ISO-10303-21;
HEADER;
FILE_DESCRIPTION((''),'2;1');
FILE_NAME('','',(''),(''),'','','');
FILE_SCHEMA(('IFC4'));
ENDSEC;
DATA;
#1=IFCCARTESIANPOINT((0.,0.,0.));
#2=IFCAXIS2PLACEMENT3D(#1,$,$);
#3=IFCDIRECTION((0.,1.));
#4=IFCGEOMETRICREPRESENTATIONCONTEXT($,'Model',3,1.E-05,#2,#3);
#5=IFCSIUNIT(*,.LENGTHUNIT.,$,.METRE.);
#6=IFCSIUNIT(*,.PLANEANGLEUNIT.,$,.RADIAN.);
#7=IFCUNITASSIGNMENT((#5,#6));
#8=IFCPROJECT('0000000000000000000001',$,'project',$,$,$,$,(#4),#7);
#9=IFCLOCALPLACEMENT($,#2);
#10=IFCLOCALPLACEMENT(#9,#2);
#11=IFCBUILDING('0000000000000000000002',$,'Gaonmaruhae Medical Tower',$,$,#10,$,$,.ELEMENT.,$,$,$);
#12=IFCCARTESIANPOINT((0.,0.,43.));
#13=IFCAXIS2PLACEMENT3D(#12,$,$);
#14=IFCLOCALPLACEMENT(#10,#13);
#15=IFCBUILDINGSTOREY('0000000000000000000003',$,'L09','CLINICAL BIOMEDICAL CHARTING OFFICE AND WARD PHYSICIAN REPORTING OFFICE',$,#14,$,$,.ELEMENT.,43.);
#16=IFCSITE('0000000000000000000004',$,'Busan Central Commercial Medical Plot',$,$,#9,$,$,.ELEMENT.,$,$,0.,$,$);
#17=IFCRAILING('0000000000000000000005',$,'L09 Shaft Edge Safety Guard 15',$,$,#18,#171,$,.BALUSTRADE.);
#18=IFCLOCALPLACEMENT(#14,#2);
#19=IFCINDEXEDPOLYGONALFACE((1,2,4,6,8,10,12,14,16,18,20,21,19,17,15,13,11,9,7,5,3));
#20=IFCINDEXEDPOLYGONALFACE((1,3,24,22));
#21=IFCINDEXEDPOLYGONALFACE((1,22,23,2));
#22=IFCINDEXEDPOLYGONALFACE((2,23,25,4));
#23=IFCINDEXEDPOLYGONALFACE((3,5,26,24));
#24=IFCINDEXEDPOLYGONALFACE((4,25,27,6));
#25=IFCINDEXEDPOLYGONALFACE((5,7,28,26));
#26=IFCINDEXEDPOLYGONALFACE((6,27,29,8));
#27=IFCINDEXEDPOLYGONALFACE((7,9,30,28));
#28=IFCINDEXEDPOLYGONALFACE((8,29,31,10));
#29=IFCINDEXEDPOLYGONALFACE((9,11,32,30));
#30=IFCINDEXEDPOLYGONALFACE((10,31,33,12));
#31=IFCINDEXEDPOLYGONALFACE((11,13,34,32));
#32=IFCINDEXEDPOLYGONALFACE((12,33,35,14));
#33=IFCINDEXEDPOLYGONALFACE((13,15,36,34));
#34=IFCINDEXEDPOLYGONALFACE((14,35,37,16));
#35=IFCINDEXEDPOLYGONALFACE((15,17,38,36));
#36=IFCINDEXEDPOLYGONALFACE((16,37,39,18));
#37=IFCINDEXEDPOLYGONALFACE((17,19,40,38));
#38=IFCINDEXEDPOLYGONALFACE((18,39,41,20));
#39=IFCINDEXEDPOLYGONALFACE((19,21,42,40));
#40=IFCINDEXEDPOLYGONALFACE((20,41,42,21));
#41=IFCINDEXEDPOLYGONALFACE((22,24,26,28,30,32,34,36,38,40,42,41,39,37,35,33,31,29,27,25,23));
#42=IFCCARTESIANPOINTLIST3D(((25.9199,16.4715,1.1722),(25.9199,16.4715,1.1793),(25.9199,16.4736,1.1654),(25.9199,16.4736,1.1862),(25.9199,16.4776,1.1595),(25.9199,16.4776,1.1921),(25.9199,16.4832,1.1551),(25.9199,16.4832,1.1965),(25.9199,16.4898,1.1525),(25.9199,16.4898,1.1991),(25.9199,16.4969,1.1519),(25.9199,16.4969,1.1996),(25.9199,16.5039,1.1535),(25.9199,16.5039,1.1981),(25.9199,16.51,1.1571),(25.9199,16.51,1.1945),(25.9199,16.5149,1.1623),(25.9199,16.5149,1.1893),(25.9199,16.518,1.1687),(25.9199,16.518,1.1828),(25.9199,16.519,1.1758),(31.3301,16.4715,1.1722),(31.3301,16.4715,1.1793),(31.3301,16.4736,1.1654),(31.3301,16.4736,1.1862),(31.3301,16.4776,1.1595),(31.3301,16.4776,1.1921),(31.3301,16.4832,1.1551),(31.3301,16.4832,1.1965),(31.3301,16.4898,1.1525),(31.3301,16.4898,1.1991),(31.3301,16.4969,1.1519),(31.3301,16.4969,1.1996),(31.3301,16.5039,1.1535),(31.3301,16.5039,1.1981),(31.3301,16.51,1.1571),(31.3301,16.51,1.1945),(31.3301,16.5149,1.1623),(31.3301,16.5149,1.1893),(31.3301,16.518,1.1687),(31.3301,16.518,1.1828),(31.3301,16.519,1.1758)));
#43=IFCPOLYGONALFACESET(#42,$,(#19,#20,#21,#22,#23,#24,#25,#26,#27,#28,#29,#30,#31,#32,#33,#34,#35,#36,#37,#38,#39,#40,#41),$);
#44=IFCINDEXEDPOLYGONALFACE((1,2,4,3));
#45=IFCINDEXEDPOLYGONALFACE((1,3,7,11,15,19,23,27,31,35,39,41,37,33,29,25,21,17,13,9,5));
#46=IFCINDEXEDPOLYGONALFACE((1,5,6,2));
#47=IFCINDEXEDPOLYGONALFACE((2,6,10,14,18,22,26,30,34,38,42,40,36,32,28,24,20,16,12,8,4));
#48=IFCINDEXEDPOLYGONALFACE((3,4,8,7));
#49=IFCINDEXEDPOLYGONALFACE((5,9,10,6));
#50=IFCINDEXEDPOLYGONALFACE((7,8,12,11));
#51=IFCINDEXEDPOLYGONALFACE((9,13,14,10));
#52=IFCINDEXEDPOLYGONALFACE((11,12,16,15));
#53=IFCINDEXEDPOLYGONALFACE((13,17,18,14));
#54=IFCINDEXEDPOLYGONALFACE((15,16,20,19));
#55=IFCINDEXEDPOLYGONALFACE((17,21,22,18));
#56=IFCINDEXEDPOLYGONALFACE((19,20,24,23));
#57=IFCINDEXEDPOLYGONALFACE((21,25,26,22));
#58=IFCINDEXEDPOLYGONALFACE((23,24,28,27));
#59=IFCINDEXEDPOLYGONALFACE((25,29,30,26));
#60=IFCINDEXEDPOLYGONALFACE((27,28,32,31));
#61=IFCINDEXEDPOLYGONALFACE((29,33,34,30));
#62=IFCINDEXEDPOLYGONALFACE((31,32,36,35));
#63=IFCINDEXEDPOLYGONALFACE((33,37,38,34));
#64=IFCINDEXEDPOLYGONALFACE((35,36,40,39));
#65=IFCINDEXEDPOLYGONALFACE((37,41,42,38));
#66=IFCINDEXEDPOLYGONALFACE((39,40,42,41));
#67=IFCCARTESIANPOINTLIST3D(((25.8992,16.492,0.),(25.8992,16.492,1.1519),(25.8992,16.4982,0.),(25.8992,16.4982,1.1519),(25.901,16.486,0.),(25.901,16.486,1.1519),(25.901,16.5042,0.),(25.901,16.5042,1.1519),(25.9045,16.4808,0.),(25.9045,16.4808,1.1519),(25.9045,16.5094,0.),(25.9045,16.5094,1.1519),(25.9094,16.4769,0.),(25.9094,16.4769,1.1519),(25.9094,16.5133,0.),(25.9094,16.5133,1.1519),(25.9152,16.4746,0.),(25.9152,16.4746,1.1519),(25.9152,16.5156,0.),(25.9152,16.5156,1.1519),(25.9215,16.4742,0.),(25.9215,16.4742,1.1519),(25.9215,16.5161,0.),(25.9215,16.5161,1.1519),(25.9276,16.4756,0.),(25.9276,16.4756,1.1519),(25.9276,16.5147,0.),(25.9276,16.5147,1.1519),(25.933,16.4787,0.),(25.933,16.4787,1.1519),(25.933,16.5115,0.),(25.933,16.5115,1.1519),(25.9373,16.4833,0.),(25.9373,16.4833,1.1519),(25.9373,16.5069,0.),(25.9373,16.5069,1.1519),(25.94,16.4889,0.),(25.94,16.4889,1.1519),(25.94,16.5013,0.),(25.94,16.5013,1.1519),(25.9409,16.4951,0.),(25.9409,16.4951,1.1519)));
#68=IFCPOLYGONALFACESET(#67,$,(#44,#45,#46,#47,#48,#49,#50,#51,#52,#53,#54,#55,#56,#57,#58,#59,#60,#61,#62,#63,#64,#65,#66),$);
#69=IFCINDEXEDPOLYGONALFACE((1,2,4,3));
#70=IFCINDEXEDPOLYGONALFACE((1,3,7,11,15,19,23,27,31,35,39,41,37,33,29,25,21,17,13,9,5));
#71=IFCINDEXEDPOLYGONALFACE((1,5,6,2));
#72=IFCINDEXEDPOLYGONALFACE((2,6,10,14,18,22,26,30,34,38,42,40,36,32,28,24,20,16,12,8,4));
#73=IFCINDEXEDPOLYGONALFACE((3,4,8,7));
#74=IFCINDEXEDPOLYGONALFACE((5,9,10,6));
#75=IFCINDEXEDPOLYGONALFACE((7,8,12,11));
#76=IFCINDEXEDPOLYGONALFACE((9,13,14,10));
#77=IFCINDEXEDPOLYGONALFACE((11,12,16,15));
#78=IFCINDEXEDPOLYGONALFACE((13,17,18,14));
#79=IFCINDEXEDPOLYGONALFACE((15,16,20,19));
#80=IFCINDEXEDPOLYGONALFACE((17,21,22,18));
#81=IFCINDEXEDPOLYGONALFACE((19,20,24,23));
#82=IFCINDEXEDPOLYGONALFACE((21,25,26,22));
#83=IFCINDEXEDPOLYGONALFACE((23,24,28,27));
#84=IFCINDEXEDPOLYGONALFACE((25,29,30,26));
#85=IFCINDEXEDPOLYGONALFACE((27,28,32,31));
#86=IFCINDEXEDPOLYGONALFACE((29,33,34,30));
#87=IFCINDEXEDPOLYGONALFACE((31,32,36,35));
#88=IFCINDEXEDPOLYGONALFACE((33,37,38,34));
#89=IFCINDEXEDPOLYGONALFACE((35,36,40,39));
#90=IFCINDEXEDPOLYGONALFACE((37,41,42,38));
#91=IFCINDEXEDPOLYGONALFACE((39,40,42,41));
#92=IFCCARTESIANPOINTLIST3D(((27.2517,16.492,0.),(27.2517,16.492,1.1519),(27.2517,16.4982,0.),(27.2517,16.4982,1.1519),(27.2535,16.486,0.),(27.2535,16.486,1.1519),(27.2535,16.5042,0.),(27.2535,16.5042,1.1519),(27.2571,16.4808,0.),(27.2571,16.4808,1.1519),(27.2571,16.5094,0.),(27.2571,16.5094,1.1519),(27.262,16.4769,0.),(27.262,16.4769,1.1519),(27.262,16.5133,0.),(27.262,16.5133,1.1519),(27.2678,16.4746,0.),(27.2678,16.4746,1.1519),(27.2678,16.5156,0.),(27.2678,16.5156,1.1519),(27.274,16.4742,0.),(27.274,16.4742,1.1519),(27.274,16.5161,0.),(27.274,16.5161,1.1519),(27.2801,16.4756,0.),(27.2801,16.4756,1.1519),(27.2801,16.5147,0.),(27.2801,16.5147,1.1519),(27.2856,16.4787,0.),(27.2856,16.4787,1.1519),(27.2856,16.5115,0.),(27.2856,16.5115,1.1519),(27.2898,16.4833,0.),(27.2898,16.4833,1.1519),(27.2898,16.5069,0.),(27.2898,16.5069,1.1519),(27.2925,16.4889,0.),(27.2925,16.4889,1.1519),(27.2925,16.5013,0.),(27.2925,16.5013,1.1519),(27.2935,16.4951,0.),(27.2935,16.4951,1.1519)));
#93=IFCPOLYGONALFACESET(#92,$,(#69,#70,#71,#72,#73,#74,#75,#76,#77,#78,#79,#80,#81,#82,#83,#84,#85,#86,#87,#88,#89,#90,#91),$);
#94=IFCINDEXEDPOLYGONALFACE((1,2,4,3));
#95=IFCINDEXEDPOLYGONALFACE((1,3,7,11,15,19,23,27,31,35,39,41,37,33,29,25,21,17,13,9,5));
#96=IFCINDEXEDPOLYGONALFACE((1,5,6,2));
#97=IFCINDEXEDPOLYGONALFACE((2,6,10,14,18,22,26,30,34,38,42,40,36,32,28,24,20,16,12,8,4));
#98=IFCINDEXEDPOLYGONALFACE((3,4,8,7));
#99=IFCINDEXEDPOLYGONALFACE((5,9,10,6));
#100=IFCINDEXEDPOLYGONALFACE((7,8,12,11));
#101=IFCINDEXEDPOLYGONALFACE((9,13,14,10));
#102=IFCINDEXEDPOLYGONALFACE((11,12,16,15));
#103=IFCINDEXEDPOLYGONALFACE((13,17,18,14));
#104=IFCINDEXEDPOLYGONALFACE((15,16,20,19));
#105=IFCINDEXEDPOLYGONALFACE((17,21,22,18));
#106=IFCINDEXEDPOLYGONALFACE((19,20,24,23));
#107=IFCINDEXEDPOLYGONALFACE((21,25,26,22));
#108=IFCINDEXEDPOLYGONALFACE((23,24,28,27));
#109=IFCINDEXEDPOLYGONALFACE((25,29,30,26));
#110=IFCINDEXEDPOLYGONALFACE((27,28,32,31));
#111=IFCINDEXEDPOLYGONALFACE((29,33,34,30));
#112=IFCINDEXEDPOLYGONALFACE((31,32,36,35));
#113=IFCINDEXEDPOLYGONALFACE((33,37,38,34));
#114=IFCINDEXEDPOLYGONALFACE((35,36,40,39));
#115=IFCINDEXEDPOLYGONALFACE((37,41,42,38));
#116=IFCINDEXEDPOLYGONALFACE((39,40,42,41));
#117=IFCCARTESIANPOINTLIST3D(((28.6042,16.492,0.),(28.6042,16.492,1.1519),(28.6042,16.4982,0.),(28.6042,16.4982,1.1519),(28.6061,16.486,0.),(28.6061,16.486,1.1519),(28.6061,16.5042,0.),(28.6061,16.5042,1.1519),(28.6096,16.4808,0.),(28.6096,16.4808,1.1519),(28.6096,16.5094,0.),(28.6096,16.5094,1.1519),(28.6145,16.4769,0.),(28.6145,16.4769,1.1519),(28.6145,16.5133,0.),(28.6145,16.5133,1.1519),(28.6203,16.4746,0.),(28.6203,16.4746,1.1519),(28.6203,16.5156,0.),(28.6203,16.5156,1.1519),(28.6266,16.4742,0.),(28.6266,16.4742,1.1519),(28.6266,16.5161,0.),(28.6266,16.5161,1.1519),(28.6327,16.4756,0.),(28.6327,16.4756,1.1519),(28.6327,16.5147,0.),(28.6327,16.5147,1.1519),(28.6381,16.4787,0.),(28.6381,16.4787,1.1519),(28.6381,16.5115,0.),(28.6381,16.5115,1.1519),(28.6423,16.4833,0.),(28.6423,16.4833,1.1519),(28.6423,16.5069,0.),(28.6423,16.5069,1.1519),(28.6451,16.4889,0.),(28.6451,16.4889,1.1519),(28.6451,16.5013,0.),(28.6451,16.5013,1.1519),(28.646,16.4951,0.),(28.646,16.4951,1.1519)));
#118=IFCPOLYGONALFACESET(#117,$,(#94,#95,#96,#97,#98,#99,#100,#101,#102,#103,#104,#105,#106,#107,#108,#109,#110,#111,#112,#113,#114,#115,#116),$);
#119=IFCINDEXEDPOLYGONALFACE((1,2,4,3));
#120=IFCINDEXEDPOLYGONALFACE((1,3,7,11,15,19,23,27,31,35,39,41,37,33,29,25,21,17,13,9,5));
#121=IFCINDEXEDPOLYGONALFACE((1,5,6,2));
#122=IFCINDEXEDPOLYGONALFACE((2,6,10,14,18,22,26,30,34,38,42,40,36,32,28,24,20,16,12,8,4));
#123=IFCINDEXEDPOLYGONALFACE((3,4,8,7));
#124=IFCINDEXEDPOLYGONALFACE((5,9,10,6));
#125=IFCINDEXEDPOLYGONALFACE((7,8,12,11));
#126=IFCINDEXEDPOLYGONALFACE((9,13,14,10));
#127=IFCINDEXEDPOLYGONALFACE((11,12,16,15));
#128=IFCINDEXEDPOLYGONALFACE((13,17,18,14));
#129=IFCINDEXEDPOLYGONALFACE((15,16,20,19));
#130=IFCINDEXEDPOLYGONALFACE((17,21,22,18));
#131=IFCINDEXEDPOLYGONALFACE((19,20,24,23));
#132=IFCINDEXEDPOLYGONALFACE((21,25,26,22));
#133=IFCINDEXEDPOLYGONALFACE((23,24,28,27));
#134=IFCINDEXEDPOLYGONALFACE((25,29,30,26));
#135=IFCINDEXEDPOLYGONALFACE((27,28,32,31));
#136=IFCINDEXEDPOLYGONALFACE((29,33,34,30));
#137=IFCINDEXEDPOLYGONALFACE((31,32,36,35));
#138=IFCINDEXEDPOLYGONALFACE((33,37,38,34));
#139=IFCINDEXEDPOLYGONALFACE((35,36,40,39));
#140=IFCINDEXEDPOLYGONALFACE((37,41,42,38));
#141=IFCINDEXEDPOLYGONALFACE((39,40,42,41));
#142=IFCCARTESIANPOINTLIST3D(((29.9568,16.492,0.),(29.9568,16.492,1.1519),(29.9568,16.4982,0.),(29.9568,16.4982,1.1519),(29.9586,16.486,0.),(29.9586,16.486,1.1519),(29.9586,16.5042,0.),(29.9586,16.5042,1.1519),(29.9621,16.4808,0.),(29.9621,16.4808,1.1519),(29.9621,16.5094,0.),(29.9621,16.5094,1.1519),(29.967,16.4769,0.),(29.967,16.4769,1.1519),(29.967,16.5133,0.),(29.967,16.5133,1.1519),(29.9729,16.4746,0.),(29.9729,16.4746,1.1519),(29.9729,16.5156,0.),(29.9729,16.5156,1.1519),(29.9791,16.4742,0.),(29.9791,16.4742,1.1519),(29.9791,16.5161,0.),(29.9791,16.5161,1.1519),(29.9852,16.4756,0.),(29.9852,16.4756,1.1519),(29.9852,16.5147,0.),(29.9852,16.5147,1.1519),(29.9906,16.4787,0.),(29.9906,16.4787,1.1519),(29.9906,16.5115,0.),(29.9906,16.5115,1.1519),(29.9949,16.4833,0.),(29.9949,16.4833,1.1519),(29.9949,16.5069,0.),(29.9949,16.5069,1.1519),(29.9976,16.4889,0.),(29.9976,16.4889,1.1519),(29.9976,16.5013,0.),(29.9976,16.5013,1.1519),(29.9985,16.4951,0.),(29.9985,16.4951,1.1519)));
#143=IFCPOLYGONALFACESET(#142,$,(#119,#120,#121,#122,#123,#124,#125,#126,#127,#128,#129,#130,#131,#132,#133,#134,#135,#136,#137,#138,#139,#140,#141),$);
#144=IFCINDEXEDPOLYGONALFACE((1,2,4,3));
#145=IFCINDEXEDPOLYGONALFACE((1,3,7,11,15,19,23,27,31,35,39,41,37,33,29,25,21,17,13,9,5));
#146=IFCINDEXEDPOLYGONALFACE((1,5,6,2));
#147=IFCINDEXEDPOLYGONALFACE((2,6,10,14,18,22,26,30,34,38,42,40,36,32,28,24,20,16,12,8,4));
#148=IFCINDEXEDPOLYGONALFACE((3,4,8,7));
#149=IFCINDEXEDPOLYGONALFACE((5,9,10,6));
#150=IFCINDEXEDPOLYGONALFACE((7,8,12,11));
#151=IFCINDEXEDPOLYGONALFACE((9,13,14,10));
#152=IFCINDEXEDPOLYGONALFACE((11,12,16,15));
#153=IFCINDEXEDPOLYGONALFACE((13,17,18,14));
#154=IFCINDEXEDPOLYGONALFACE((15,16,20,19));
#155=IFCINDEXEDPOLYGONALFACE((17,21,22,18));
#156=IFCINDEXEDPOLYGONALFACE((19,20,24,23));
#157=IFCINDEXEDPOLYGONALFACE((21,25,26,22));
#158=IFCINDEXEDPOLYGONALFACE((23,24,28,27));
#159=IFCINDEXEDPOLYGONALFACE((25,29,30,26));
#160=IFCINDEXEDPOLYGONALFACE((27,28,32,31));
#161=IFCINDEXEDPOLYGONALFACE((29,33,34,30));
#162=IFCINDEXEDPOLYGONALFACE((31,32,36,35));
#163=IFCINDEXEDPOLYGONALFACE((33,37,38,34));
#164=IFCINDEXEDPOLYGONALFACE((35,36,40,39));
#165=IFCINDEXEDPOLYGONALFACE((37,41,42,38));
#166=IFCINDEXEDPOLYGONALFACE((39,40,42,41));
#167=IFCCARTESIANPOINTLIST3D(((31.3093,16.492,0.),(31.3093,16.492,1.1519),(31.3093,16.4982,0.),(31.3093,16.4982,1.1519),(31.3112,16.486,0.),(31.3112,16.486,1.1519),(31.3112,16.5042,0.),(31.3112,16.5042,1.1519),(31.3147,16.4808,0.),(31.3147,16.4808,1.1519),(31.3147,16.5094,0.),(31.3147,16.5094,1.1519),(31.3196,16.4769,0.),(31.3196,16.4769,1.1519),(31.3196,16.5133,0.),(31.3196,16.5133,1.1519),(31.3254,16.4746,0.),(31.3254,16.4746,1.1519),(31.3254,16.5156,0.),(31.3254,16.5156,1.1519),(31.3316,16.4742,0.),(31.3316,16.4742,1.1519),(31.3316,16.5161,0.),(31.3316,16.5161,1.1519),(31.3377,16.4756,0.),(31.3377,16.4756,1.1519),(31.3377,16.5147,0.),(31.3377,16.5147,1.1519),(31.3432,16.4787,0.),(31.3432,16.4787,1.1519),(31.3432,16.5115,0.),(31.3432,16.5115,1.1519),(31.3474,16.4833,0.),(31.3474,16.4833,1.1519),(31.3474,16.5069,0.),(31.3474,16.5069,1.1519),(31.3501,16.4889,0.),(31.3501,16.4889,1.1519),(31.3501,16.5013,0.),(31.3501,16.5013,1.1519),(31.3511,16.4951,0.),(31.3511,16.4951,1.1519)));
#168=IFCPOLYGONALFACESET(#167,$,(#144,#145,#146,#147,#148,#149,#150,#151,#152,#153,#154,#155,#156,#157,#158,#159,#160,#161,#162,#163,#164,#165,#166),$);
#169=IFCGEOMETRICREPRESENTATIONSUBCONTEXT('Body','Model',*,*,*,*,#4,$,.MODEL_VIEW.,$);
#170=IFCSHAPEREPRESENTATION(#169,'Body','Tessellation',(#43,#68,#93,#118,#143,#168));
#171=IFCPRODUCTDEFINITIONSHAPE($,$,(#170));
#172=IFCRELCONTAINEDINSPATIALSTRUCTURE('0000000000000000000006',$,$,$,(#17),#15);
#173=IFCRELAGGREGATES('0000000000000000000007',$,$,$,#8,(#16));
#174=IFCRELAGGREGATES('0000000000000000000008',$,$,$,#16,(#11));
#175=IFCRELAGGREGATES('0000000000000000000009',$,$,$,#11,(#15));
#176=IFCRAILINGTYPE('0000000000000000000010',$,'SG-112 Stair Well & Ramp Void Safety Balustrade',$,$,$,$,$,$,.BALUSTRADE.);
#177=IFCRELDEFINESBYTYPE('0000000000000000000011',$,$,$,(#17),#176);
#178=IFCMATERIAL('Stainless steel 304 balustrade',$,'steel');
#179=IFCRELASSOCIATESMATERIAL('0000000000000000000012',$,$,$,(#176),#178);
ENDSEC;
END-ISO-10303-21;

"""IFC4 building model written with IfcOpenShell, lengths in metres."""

from ifc_helpers import new_model, si_unit, direction, frame, origin, origin_2d, place, context, subcontext, project, spatial, circle, extrude, material, type_object, element, save


model = new_model("IFC4")

# Units and contexts
model_context = context("Model", 3, precision=1e-05, world=origin(), true_north=direction((0.0, 1.0)))
body_context = subcontext(model_context, "Body", "Model", "MODEL_VIEW")
ifc_project = project(units=[si_unit("LENGTHUNIT", "METRE"), si_unit("PLANEANGLEUNIT", "RADIAN")], contexts=[model_context])

# Site, building, storey
site_placement = place(None, origin())
site = spatial("IfcSite", under=ifc_project, at=site_placement, Name="Busan Central Commercial Medical Plot", CompositionType="ELEMENT", RefElevation=0.0)
building_placement = place(site_placement, origin())
building = spatial("IfcBuilding", under=site, at=building_placement, Name="Gaonmaruhae Medical Tower", CompositionType="ELEMENT")
storey_placement = place(building_placement, frame((0.0, 0.0, 43.0)))
storey = spatial("IfcBuildingStorey", under=building, at=storey_placement, Name="L09", Description="CLINICAL BIOMEDICAL CHARTING OFFICE AND WARD PHYSICIAN REPORTING OFFICE", CompositionType="ELEMENT", Elevation=43.0)

# Railing
ifc_material_1 = material(Name="Stainless steel 304 balustrade", Category="steel")
railing_type = type_object("IfcRailingType", Name="SG-112 Stair Well & Ramp Void Safety Balustrade", PredefinedType="BALUSTRADE", material=ifc_material_1)
railing_1_placement = place(storey_placement, frame((25.9199, 16.4951, 0.0)))
element("IfcRailing", 1, at=railing_1_placement, inside=storey, type_object=railing_type, Name="L09 Shaft Edge Safety Guard 15", PredefinedType="BALUSTRADE", context=body_context, shape_type="SweptSolid", body=[
    extrude(circle(Radius=0.0239, at=origin_2d()), frame((0.0, 0.0, 1.1758), z_axis=(1.0, 0.0, 0.0), x_axis=(0.0, 1.0, 0.0)), (0.0, 0.0, 1.0), 5.4102),
    extrude(circle(Radius=0.021, at=origin_2d()), origin(), (0.0, 0.0, 1.0), 1.1519),
    extrude(circle(Radius=0.021, at=origin_2d()), frame((1.3525, 0.0, 0.0)), (0.0, 0.0, 1.0), 1.1519),
    extrude(circle(Radius=0.021, at=origin_2d()), frame((2.7051, 0.0, 0.0)), (0.0, 0.0, 1.0), 1.1519),
    extrude(circle(Radius=0.021, at=origin_2d()), frame((4.0576, 0.0, 0.0)), (0.0, 0.0, 1.0), 1.1519),
    extrude(circle(Radius=0.021, at=origin_2d()), frame((5.4102, 0.0, 0.0)), (0.0, 0.0, 1.0), 1.1519),
])

save(model, "model.ifc")
